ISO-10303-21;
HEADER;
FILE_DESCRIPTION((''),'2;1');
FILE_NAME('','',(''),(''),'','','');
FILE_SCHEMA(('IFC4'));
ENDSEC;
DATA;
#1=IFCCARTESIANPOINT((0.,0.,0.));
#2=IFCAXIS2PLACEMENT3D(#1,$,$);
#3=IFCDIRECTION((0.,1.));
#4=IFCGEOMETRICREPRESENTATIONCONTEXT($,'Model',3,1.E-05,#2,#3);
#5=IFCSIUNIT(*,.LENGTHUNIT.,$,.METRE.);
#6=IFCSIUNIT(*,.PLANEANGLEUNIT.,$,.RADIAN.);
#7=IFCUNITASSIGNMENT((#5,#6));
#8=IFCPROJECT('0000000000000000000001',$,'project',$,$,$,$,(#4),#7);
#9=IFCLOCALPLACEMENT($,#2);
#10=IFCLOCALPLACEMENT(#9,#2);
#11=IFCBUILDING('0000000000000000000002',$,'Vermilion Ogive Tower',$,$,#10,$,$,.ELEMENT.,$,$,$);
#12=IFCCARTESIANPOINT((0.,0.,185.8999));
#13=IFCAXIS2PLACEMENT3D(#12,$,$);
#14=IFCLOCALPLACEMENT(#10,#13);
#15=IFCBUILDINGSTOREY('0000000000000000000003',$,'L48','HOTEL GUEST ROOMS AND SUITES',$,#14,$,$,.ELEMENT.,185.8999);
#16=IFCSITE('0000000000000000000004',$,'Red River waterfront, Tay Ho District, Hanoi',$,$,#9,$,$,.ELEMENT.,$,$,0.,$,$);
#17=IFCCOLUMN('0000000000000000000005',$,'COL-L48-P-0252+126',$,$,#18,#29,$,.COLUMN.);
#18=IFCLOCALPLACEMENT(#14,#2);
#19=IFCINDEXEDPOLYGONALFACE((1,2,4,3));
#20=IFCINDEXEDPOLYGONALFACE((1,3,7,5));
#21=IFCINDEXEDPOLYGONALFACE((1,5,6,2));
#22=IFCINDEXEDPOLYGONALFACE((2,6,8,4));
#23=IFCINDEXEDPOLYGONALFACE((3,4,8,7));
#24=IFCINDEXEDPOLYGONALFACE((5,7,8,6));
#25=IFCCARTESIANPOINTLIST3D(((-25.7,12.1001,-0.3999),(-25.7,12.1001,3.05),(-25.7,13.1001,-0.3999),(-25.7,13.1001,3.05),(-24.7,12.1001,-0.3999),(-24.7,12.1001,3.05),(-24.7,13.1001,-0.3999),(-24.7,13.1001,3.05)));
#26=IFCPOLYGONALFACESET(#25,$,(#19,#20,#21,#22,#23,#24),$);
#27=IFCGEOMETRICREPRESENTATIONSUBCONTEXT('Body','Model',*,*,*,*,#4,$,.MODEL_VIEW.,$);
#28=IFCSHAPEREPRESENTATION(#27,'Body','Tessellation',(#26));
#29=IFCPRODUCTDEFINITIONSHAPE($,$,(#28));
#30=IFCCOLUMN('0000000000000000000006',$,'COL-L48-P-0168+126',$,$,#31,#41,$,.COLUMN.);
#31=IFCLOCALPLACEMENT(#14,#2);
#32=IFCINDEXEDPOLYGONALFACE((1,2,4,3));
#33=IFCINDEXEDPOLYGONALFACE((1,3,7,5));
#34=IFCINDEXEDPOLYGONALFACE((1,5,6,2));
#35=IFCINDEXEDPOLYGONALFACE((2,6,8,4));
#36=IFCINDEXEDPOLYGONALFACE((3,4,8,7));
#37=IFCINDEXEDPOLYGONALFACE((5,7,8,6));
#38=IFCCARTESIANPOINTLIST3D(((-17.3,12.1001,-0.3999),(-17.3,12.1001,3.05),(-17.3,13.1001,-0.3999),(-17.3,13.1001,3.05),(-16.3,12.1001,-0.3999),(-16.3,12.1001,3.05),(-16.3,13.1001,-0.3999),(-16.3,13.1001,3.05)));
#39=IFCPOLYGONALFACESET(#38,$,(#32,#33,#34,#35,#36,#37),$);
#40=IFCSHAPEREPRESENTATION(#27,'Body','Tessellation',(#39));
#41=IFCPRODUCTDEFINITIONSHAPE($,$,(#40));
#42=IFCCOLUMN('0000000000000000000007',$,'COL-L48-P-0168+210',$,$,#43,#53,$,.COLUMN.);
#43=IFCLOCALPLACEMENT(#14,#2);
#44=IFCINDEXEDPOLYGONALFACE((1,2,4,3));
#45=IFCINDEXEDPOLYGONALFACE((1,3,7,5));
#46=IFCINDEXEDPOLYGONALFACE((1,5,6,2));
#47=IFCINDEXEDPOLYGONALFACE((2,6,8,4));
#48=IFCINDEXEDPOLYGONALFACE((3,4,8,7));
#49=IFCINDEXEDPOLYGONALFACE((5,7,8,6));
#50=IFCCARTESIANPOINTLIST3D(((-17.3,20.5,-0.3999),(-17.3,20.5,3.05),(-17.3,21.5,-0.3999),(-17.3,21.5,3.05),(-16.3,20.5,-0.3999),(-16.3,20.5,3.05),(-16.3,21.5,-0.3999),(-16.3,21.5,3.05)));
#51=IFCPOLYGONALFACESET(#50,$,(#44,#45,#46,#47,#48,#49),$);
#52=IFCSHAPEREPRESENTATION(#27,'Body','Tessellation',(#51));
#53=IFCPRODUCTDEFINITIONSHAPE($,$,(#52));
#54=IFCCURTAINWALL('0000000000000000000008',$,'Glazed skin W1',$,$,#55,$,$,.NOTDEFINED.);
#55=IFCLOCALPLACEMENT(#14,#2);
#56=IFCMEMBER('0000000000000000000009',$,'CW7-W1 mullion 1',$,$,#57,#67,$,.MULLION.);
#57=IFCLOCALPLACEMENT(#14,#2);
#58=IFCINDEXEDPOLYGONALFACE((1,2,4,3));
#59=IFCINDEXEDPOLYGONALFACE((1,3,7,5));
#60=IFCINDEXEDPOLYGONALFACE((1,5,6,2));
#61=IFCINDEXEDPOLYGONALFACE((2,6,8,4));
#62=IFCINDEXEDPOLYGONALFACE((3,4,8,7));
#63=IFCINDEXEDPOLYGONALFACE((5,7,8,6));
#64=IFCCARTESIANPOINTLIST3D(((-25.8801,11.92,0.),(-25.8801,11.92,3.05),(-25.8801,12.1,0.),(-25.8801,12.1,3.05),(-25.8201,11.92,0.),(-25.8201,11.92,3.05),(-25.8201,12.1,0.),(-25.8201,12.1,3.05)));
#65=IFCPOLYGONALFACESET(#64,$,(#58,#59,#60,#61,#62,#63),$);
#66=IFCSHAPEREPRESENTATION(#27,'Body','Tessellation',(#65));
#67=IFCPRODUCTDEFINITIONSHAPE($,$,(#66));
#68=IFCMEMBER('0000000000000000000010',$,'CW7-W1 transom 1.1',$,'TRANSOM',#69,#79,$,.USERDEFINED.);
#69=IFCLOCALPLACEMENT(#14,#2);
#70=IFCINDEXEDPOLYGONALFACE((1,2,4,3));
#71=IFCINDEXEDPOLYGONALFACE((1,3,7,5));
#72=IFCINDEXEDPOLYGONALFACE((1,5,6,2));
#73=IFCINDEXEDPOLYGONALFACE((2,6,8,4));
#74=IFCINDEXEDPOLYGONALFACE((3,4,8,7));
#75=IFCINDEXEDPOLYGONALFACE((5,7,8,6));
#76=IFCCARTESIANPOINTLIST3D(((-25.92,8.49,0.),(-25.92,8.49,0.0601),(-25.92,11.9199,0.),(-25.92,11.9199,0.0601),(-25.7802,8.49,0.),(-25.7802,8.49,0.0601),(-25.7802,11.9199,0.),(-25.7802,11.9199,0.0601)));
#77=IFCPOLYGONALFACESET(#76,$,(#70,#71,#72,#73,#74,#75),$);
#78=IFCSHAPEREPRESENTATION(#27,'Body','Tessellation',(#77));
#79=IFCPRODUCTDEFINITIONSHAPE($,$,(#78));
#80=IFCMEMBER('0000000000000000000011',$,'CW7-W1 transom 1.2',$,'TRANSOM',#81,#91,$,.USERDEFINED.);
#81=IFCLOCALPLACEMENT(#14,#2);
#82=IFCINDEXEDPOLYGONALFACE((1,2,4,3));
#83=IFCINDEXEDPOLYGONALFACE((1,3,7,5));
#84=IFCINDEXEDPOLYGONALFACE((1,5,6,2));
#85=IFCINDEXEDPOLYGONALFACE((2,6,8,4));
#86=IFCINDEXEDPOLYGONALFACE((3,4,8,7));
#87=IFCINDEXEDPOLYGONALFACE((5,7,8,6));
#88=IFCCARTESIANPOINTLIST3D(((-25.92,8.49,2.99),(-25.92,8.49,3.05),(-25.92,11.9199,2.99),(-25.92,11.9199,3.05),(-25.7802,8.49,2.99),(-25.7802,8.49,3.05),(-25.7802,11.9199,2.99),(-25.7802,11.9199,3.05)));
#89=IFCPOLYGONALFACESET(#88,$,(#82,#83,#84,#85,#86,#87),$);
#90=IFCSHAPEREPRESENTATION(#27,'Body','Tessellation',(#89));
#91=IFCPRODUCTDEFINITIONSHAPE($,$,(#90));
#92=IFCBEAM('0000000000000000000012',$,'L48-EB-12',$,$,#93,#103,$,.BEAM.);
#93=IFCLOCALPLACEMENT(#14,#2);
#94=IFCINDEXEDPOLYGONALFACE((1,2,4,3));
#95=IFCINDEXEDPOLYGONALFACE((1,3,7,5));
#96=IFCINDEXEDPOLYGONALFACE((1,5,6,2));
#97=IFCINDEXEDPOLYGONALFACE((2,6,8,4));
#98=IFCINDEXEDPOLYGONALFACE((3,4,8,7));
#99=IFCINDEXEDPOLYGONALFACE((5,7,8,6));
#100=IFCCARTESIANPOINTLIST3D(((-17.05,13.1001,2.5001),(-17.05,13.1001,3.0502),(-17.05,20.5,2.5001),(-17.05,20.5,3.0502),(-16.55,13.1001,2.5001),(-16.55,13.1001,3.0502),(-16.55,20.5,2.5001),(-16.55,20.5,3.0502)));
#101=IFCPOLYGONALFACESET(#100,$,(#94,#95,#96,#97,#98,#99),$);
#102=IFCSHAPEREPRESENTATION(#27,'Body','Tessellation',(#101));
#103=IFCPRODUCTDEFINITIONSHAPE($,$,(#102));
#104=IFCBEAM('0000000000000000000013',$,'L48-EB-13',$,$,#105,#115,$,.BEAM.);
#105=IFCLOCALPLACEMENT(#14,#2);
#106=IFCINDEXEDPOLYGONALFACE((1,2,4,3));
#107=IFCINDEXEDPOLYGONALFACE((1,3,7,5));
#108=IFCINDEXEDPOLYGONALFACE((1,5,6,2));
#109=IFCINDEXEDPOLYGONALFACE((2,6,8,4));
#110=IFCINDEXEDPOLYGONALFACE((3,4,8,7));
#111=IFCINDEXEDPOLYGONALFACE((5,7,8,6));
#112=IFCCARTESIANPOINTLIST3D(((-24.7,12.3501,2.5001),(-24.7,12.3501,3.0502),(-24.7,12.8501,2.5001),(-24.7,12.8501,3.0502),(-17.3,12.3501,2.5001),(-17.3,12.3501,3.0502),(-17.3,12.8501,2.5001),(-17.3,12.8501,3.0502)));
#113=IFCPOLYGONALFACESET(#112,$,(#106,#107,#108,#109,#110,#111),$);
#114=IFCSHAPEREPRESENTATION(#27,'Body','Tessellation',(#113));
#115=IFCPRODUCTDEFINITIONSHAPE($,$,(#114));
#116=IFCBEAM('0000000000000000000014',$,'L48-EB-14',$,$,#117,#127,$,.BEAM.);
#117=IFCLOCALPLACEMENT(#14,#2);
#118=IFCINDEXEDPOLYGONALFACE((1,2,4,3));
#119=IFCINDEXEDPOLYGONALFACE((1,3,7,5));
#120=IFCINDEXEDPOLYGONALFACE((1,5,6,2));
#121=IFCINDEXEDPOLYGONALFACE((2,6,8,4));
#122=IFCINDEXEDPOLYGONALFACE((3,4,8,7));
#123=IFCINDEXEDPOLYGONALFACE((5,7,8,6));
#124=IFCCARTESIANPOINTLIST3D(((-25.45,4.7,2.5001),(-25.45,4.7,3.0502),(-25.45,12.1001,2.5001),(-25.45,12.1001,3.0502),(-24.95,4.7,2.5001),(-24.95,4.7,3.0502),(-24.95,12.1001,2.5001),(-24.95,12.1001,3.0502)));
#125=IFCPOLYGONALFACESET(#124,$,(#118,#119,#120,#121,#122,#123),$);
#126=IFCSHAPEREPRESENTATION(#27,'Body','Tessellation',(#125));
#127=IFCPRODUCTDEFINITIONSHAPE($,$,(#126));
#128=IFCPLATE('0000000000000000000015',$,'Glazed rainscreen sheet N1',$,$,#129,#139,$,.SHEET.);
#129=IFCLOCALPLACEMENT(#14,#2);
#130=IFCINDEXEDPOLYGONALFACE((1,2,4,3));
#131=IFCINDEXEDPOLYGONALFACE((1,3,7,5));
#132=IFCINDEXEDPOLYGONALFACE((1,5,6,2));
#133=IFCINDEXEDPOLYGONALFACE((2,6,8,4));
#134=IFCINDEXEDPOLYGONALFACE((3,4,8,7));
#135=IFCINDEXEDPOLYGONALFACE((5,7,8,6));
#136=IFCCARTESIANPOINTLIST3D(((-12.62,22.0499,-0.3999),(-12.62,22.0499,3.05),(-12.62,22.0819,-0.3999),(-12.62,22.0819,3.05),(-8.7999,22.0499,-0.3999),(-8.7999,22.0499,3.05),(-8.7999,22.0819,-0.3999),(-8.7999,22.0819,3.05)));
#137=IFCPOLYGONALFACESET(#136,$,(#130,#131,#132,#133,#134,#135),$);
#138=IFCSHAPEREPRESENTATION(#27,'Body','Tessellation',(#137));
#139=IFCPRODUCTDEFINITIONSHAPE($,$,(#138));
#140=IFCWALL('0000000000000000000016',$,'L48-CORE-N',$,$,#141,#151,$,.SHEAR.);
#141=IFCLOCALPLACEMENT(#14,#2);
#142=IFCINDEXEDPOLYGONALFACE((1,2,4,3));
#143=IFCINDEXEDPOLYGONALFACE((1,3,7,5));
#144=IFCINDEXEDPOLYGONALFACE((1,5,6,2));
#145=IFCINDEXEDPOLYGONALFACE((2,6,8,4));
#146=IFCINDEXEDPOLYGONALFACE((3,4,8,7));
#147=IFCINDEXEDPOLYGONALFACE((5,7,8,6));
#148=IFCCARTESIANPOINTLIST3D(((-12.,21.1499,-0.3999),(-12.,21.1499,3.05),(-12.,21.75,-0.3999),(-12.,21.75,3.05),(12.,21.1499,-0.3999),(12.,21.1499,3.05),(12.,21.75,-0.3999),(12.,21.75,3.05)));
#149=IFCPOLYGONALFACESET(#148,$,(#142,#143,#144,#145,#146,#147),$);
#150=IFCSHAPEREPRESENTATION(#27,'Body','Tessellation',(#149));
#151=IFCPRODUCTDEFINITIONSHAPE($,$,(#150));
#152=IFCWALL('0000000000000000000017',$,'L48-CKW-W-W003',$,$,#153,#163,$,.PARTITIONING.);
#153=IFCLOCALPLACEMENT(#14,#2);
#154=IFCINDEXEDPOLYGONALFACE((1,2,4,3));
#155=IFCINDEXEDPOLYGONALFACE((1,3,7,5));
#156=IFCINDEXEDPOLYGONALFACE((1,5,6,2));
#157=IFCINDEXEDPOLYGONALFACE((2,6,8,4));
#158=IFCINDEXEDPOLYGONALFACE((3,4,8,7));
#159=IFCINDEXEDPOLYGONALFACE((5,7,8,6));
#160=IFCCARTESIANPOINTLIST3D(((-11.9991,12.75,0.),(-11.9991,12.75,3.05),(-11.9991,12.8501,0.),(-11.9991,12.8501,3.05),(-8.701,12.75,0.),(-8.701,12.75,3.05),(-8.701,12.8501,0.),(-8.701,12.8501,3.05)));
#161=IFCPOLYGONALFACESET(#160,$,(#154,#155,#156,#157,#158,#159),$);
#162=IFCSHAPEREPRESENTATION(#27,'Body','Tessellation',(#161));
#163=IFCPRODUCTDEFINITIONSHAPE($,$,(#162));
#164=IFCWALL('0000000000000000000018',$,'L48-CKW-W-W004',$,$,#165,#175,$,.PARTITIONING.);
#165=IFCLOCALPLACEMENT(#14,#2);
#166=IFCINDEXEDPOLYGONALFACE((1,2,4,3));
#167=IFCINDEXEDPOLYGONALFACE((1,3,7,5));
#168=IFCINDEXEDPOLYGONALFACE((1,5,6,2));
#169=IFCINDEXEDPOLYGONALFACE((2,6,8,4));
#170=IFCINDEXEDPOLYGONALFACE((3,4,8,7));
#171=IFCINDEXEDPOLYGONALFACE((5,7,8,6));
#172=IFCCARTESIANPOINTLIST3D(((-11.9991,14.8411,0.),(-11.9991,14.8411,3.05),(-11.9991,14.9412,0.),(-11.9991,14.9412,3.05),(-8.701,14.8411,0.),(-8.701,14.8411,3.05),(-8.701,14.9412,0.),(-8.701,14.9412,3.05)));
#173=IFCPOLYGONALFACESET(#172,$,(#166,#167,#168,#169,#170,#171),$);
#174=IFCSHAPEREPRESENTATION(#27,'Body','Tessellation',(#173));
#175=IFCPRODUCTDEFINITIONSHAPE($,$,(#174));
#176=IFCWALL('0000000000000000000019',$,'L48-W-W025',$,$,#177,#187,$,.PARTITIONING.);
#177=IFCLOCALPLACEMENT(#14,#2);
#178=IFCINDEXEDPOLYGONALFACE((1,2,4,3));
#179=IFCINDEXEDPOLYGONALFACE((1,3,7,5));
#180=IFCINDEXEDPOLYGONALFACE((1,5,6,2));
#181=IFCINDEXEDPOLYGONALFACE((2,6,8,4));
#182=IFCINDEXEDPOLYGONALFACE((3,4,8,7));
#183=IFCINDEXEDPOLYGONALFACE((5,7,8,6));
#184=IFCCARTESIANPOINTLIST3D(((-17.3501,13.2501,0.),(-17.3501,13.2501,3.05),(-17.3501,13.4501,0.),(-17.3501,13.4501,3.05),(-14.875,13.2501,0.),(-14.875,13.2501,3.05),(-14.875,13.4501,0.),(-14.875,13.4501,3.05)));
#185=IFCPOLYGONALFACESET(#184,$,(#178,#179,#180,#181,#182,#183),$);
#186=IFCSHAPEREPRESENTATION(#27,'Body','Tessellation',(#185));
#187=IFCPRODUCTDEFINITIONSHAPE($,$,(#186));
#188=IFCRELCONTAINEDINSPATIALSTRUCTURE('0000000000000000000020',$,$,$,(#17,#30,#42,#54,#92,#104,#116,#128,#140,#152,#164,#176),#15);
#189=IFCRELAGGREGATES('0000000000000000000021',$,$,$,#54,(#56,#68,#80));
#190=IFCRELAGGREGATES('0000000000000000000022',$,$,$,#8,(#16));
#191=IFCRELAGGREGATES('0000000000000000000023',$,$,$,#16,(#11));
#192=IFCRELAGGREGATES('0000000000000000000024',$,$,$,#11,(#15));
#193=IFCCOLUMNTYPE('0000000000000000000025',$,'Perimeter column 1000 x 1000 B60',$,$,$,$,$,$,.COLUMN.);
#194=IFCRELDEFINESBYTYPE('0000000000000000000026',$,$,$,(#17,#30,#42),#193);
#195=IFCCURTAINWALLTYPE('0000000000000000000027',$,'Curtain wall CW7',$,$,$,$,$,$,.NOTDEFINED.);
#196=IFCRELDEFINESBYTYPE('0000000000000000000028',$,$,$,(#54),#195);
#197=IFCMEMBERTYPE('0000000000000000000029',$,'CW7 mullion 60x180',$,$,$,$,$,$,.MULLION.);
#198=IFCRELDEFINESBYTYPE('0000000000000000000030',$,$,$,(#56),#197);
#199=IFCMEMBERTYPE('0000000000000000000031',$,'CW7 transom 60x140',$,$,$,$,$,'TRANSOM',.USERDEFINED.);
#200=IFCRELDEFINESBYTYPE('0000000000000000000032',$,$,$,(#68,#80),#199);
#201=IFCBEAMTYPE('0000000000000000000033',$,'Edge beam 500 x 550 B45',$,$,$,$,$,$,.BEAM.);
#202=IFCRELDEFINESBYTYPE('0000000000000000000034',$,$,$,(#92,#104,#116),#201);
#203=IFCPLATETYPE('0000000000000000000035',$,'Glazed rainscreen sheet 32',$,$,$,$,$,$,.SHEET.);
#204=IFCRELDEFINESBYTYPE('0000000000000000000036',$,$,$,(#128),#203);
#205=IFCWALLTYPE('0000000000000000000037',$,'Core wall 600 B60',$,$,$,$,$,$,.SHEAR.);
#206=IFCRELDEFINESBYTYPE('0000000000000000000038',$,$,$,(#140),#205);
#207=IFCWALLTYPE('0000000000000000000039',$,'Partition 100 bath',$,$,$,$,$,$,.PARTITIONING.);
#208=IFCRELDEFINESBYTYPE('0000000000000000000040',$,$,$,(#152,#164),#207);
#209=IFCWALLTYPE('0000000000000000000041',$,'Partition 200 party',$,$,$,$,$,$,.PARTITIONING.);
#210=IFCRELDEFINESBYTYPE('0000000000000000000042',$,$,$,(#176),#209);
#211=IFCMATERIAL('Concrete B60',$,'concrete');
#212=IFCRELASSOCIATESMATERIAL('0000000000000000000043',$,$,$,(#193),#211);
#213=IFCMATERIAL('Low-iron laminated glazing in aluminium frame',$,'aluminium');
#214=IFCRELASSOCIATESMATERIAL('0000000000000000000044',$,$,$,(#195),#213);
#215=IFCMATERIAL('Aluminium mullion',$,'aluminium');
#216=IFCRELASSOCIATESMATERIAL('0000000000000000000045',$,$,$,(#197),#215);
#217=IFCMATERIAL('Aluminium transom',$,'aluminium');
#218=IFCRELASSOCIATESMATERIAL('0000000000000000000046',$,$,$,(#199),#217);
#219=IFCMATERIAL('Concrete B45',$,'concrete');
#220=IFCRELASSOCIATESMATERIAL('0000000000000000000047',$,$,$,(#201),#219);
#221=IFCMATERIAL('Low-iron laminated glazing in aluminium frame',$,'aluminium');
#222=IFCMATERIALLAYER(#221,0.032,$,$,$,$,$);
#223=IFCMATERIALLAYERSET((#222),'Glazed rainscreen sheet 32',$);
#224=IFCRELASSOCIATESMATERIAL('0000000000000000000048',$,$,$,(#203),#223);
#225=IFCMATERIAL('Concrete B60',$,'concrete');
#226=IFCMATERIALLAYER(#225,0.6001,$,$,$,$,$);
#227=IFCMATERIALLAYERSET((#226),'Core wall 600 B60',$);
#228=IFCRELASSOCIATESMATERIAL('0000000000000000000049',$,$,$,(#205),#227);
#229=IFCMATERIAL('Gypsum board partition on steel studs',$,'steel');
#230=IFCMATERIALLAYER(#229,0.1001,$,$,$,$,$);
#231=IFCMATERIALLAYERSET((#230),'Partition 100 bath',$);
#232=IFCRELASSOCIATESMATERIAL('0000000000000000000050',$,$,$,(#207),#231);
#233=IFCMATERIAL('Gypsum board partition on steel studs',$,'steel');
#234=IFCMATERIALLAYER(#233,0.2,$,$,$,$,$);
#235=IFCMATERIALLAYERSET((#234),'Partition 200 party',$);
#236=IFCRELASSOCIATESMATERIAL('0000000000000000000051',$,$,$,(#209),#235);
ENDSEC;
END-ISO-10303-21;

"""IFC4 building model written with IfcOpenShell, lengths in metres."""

from ifc_helpers import new_model, si_unit, direction, frame, frame_2d, origin, origin_2d, place, context, subcontext, project, spatial, rectangle, extrude, material, layer, layer_set, material_profile, profile_set, type_object, element, aggregate, save


model = new_model("IFC4")

# Units and contexts
model_context = context("Model", 3, precision=1e-05, world=origin(), true_north=direction((0.0, 1.0)))
body_context = subcontext(model_context, "Body", "Model", "MODEL_VIEW")
ifc_project = project(units=[si_unit("LENGTHUNIT", "METRE"), si_unit("PLANEANGLEUNIT", "RADIAN")], contexts=[model_context])

# Site, building, storey
site_placement = place(None, origin())
site = spatial("IfcSite", under=ifc_project, at=site_placement, Name="Red River waterfront, Tay Ho District, Hanoi", CompositionType="ELEMENT", RefElevation=0.0)
building_placement = place(site_placement, origin())
building = spatial("IfcBuilding", under=site, at=building_placement, Name="Vermilion Ogive Tower", CompositionType="ELEMENT")
storey_placement = place(building_placement, frame((0.0, 0.0, 185.8999)))
storey = spatial("IfcBuildingStorey", under=building, at=storey_placement, Name="L48", Description="HOTEL GUEST ROOMS AND SUITES", CompositionType="ELEMENT", Elevation=185.8999)

# Columns
ifc_material_1 = material(Name="Concrete B60", Category="concrete")
ifc_material_profile_1 = material_profile(ifc_material_1, rectangle(XDim=1.0, YDim=1.0, at=origin_2d()), Name="1000 x 1000")
ifc_profile_set_1 = profile_set([ifc_material_profile_1], Name="Concrete B60")
column_type = type_object("IfcColumnType", Name="Perimeter column 1000 x 1000 B60", PredefinedType="COLUMN", material=ifc_profile_set_1)
for number, where, z_axis, x_axis, name in (
    (1, (-25.2, 12.6001, -0.3999), (0.0, 0.0, 1.0), (1.0, 0.0, 0.0), "COL-L48-P-0252+126"),
    (2, (-16.8, 12.6001, -0.3999), (0.0, 0.0, 1.0), (1.0, 0.0, 0.0), "COL-L48-P-0168+126"),
    (3, (-16.8, 21.0, -0.3999), (0.0, 0.0, 1.0), (1.0, 0.0, 0.0), "COL-L48-P-0168+210"),
):
    element("IfcColumn", number, at=place(storey_placement, frame(where, z_axis=z_axis, x_axis=x_axis)), inside=storey, type_object=column_type, Name=name, PredefinedType="COLUMN", context=body_context, shape_type="SweptSolid", body=[
        extrude(rectangle(XDim=1.0, YDim=1.0, at=origin_2d()), origin(), (0.0, 0.0, 1.0), 3.45),
    ])

# Curtain wall, members
ifc_material_2 = material(Name="Low-iron laminated glazing in aluminium frame", Category="aluminium")
curtain_wall_type = type_object("IfcCurtainWallType", Name="Curtain wall CW7", PredefinedType="NOTDEFINED", material=ifc_material_2)
curtain_wall_placement = place(storey_placement, origin())
curtain_wall = element("IfcCurtainWall", 4, at=curtain_wall_placement, inside=storey, type_object=curtain_wall_type, Name="Glazed skin W1", PredefinedType="NOTDEFINED")
ifc_material_3 = material(Name="Aluminium mullion", Category="aluminium")
ifc_material_profile_2 = material_profile(ifc_material_3, rectangle(XDim=0.0601, YDim=0.1799, at=origin_2d()), Name="AL 60x180")
ifc_profile_set_2 = profile_set([ifc_material_profile_2], Name="Aluminium mullion")
member_type_1 = type_object("IfcMemberType", Name="CW7 mullion 60x180", PredefinedType="MULLION", material=ifc_profile_set_2)
member_1_placement = place(storey_placement, frame((-25.8501, 12.01, 0.0), z_axis=(0.0, 0.0, 1.0), x_axis=(1.0, 0.0, 0.0)))
member_1 = element("IfcMember", 5, at=member_1_placement, type_object=member_type_1, Name="CW7-W1 mullion 1", PredefinedType="MULLION", context=body_context, shape_type="SweptSolid", body=[
    extrude(rectangle(XDim=0.0601, YDim=0.1799, at=origin_2d()), origin(), (0.0, 0.0, 1.0), 3.05),
])
ifc_material_4 = material(Name="Aluminium transom", Category="aluminium")
ifc_material_profile_3 = material_profile(ifc_material_4, rectangle(XDim=0.1399, YDim=0.0601, at=origin_2d()), Name="AL 60x140")
ifc_profile_set_3 = profile_set([ifc_material_profile_3], Name="Aluminium transom")
member_type_2 = type_object("IfcMemberType", Name="CW7 transom 60x140", ElementType="TRANSOM", PredefinedType="USERDEFINED", material=ifc_profile_set_3)
member_2_placement = place(storey_placement, frame((-25.8501, 11.9199, 0.03), z_axis=(0.0, -1.0, 0.0), x_axis=(1.0, 0.0, 0.0)))
member_2 = element("IfcMember", 6, at=member_2_placement, type_object=member_type_2, Name="CW7-W1 transom 1.1", ObjectType="TRANSOM", PredefinedType="USERDEFINED", context=body_context, shape_type="SweptSolid", body=[
    extrude(rectangle(XDim=0.1399, YDim=0.0601, at=origin_2d()), origin(), (0.0, 0.0, 1.0), 3.4299),
])
member_3_placement = place(storey_placement, frame((-25.8501, 11.9199, 3.02), z_axis=(0.0, -1.0, 0.0), x_axis=(1.0, 0.0, 0.0)))
member_3 = element("IfcMember", 7, at=member_3_placement, type_object=member_type_2, Name="CW7-W1 transom 1.2", ObjectType="TRANSOM", PredefinedType="USERDEFINED", context=body_context, shape_type="SweptSolid", body=[
    extrude(rectangle(XDim=0.1399, YDim=0.0601, at=origin_2d()), origin(), (0.0, 0.0, 1.0), 3.4299),
])
aggregate(curtain_wall, [member_1, member_2, member_3])

# Beams
ifc_material_5 = material(Name="Concrete B45", Category="concrete")
ifc_material_profile_4 = material_profile(ifc_material_5, rectangle(XDim=0.5, YDim=0.55, at=origin_2d()), Name="500 x 550")
ifc_profile_set_4 = profile_set([ifc_material_profile_4], Name="Concrete B45")
beam_type = type_object("IfcBeamType", Name="Edge beam 500 x 550 B45", PredefinedType="BEAM", material=ifc_profile_set_4)
for number, where, z_axis, x_axis, name in (
    (8, (-16.8, 20.5, 2.7751), (0.0, -1.0, 0.0), (1.0, 0.0, 0.0), "L48-EB-12"),
    (9, (-17.3, 12.6001, 2.7751), (-1.0, 0.0, 0.0), (0.0, -1.0, 0.0), "L48-EB-13"),
):
    element("IfcBeam", number, at=place(storey_placement, frame(where, z_axis=z_axis, x_axis=x_axis)), inside=storey, type_object=beam_type, Name=name, PredefinedType="BEAM", context=body_context, shape_type="SweptSolid", body=[
        extrude(rectangle(XDim=0.5, YDim=0.55, at=origin_2d()), origin(), (0.0, 0.0, 1.0), 7.3999),
    ])
beam_placement = place(storey_placement, frame((-25.2, 12.1001, 2.7751), z_axis=(0.0, -1.0, 0.0), x_axis=(1.0, 0.0, 0.0)))
element("IfcBeam", 10, at=beam_placement, inside=storey, type_object=beam_type, Name="L48-EB-14", PredefinedType="BEAM", context=body_context, shape_type="SweptSolid", body=[
    extrude(rectangle(XDim=0.5, YDim=0.55, at=origin_2d()), origin(), (0.0, 0.0, 1.0), 7.4001),
])

# Plate
ifc_material_6 = material(Name="Low-iron laminated glazing in aluminium frame", Category="aluminium")
ifc_layer_1 = layer(ifc_material_6, 0.032)
ifc_layer_set_1 = layer_set([ifc_layer_1], Name="Glazed rainscreen sheet 32")
plate_type = type_object("IfcPlateType", Name="Glazed rainscreen sheet 32", PredefinedType="SHEET", material=ifc_layer_set_1)
plate_placement = place(storey_placement, frame((-10.71, 22.0659, -0.3999), z_axis=(0.0, 0.0, 1.0), x_axis=(1.0, 0.0, 0.0)))
element("IfcPlate", 11, at=plate_placement, inside=storey, type_object=plate_type, Name="Glazed rainscreen sheet N1", PredefinedType="SHEET", context=body_context, shape_type="SweptSolid", body=[
    extrude(rectangle(XDim=3.8201, YDim=0.032, at=origin_2d()), origin(), (0.0, 0.0, 1.0), 3.45),
])

# Walls
ifc_material_7 = material(Name="Concrete B60", Category="concrete")
ifc_layer_2 = layer(ifc_material_7, 0.6001)
ifc_layer_set_2 = layer_set([ifc_layer_2], Name="Core wall 600 B60")
wall_type_1 = type_object("IfcWallType", Name="Core wall 600 B60", PredefinedType="SHEAR", material=ifc_layer_set_2)
wall_1_placement = place(storey_placement, frame((-12.0, 21.45, -0.3999), z_axis=(0.0, 0.0, 1.0), x_axis=(1.0, 0.0, 0.0)))
element("IfcWall", 12, at=wall_1_placement, inside=storey, type_object=wall_type_1, Name="L48-CORE-N", PredefinedType="SHEAR", context=body_context, shape_type="SweptSolid", body=[
    extrude(rectangle(XDim=24.0, YDim=0.6001, at=frame_2d((12.0, 0.0))), origin(), (0.0, 0.0, 1.0), 3.45),
])
ifc_material_8 = material(Name="Gypsum board partition on steel studs", Category="steel")
ifc_layer_3 = layer(ifc_material_8, 0.1001)
ifc_layer_set_3 = layer_set([ifc_layer_3], Name="Partition 100 bath")
wall_type_2 = type_object("IfcWallType", Name="Partition 100 bath", PredefinedType="PARTITIONING", material=ifc_layer_set_3)
for number, where, z_axis, x_axis, name in (
    (13, (-11.999, 12.8, 0.0), (0.0, 0.0, 1.0), (1.0, 0.0, 0.0), "L48-CKW-W-W003"),
    (14, (-11.999, 14.8911, 0.0), (0.0, 0.0, 1.0), (1.0, 0.0, 0.0), "L48-CKW-W-W004"),
):
    element("IfcWall", number, at=place(storey_placement, frame(where, z_axis=z_axis, x_axis=x_axis)), inside=storey, type_object=wall_type_2, Name=name, PredefinedType="PARTITIONING", context=body_context, shape_type="SweptSolid", body=[
        extrude(rectangle(XDim=3.2981, YDim=0.1001, at=frame_2d((1.6489, 0.0))), origin(), (0.0, 0.0, 1.0), 3.05),
    ])
ifc_material_9 = material(Name="Gypsum board partition on steel studs", Category="steel")
ifc_layer_4 = layer(ifc_material_9, 0.2)
ifc_layer_set_4 = layer_set([ifc_layer_4], Name="Partition 200 party")
wall_type_3 = type_object("IfcWallType", Name="Partition 200 party", PredefinedType="PARTITIONING", material=ifc_layer_set_4)
for number, where, z_axis, x_axis, name in (
    (15, (-17.3501, 13.3501, 0.0), (0.0, 0.0, 1.0), (1.0, 0.0, 0.0), "L48-W-W025"),
):
    element("IfcWall", number, at=place(storey_placement, frame(where, z_axis=z_axis, x_axis=x_axis)), inside=storey, type_object=wall_type_3, Name=name, PredefinedType="PARTITIONING", context=body_context, shape_type="SweptSolid", body=[
        extrude(rectangle(XDim=2.4751, YDim=0.2, at=frame_2d((1.2375, 0.0))), origin(), (0.0, 0.0, 1.0), 3.05),
    ])

save(model, "model.ifc")
